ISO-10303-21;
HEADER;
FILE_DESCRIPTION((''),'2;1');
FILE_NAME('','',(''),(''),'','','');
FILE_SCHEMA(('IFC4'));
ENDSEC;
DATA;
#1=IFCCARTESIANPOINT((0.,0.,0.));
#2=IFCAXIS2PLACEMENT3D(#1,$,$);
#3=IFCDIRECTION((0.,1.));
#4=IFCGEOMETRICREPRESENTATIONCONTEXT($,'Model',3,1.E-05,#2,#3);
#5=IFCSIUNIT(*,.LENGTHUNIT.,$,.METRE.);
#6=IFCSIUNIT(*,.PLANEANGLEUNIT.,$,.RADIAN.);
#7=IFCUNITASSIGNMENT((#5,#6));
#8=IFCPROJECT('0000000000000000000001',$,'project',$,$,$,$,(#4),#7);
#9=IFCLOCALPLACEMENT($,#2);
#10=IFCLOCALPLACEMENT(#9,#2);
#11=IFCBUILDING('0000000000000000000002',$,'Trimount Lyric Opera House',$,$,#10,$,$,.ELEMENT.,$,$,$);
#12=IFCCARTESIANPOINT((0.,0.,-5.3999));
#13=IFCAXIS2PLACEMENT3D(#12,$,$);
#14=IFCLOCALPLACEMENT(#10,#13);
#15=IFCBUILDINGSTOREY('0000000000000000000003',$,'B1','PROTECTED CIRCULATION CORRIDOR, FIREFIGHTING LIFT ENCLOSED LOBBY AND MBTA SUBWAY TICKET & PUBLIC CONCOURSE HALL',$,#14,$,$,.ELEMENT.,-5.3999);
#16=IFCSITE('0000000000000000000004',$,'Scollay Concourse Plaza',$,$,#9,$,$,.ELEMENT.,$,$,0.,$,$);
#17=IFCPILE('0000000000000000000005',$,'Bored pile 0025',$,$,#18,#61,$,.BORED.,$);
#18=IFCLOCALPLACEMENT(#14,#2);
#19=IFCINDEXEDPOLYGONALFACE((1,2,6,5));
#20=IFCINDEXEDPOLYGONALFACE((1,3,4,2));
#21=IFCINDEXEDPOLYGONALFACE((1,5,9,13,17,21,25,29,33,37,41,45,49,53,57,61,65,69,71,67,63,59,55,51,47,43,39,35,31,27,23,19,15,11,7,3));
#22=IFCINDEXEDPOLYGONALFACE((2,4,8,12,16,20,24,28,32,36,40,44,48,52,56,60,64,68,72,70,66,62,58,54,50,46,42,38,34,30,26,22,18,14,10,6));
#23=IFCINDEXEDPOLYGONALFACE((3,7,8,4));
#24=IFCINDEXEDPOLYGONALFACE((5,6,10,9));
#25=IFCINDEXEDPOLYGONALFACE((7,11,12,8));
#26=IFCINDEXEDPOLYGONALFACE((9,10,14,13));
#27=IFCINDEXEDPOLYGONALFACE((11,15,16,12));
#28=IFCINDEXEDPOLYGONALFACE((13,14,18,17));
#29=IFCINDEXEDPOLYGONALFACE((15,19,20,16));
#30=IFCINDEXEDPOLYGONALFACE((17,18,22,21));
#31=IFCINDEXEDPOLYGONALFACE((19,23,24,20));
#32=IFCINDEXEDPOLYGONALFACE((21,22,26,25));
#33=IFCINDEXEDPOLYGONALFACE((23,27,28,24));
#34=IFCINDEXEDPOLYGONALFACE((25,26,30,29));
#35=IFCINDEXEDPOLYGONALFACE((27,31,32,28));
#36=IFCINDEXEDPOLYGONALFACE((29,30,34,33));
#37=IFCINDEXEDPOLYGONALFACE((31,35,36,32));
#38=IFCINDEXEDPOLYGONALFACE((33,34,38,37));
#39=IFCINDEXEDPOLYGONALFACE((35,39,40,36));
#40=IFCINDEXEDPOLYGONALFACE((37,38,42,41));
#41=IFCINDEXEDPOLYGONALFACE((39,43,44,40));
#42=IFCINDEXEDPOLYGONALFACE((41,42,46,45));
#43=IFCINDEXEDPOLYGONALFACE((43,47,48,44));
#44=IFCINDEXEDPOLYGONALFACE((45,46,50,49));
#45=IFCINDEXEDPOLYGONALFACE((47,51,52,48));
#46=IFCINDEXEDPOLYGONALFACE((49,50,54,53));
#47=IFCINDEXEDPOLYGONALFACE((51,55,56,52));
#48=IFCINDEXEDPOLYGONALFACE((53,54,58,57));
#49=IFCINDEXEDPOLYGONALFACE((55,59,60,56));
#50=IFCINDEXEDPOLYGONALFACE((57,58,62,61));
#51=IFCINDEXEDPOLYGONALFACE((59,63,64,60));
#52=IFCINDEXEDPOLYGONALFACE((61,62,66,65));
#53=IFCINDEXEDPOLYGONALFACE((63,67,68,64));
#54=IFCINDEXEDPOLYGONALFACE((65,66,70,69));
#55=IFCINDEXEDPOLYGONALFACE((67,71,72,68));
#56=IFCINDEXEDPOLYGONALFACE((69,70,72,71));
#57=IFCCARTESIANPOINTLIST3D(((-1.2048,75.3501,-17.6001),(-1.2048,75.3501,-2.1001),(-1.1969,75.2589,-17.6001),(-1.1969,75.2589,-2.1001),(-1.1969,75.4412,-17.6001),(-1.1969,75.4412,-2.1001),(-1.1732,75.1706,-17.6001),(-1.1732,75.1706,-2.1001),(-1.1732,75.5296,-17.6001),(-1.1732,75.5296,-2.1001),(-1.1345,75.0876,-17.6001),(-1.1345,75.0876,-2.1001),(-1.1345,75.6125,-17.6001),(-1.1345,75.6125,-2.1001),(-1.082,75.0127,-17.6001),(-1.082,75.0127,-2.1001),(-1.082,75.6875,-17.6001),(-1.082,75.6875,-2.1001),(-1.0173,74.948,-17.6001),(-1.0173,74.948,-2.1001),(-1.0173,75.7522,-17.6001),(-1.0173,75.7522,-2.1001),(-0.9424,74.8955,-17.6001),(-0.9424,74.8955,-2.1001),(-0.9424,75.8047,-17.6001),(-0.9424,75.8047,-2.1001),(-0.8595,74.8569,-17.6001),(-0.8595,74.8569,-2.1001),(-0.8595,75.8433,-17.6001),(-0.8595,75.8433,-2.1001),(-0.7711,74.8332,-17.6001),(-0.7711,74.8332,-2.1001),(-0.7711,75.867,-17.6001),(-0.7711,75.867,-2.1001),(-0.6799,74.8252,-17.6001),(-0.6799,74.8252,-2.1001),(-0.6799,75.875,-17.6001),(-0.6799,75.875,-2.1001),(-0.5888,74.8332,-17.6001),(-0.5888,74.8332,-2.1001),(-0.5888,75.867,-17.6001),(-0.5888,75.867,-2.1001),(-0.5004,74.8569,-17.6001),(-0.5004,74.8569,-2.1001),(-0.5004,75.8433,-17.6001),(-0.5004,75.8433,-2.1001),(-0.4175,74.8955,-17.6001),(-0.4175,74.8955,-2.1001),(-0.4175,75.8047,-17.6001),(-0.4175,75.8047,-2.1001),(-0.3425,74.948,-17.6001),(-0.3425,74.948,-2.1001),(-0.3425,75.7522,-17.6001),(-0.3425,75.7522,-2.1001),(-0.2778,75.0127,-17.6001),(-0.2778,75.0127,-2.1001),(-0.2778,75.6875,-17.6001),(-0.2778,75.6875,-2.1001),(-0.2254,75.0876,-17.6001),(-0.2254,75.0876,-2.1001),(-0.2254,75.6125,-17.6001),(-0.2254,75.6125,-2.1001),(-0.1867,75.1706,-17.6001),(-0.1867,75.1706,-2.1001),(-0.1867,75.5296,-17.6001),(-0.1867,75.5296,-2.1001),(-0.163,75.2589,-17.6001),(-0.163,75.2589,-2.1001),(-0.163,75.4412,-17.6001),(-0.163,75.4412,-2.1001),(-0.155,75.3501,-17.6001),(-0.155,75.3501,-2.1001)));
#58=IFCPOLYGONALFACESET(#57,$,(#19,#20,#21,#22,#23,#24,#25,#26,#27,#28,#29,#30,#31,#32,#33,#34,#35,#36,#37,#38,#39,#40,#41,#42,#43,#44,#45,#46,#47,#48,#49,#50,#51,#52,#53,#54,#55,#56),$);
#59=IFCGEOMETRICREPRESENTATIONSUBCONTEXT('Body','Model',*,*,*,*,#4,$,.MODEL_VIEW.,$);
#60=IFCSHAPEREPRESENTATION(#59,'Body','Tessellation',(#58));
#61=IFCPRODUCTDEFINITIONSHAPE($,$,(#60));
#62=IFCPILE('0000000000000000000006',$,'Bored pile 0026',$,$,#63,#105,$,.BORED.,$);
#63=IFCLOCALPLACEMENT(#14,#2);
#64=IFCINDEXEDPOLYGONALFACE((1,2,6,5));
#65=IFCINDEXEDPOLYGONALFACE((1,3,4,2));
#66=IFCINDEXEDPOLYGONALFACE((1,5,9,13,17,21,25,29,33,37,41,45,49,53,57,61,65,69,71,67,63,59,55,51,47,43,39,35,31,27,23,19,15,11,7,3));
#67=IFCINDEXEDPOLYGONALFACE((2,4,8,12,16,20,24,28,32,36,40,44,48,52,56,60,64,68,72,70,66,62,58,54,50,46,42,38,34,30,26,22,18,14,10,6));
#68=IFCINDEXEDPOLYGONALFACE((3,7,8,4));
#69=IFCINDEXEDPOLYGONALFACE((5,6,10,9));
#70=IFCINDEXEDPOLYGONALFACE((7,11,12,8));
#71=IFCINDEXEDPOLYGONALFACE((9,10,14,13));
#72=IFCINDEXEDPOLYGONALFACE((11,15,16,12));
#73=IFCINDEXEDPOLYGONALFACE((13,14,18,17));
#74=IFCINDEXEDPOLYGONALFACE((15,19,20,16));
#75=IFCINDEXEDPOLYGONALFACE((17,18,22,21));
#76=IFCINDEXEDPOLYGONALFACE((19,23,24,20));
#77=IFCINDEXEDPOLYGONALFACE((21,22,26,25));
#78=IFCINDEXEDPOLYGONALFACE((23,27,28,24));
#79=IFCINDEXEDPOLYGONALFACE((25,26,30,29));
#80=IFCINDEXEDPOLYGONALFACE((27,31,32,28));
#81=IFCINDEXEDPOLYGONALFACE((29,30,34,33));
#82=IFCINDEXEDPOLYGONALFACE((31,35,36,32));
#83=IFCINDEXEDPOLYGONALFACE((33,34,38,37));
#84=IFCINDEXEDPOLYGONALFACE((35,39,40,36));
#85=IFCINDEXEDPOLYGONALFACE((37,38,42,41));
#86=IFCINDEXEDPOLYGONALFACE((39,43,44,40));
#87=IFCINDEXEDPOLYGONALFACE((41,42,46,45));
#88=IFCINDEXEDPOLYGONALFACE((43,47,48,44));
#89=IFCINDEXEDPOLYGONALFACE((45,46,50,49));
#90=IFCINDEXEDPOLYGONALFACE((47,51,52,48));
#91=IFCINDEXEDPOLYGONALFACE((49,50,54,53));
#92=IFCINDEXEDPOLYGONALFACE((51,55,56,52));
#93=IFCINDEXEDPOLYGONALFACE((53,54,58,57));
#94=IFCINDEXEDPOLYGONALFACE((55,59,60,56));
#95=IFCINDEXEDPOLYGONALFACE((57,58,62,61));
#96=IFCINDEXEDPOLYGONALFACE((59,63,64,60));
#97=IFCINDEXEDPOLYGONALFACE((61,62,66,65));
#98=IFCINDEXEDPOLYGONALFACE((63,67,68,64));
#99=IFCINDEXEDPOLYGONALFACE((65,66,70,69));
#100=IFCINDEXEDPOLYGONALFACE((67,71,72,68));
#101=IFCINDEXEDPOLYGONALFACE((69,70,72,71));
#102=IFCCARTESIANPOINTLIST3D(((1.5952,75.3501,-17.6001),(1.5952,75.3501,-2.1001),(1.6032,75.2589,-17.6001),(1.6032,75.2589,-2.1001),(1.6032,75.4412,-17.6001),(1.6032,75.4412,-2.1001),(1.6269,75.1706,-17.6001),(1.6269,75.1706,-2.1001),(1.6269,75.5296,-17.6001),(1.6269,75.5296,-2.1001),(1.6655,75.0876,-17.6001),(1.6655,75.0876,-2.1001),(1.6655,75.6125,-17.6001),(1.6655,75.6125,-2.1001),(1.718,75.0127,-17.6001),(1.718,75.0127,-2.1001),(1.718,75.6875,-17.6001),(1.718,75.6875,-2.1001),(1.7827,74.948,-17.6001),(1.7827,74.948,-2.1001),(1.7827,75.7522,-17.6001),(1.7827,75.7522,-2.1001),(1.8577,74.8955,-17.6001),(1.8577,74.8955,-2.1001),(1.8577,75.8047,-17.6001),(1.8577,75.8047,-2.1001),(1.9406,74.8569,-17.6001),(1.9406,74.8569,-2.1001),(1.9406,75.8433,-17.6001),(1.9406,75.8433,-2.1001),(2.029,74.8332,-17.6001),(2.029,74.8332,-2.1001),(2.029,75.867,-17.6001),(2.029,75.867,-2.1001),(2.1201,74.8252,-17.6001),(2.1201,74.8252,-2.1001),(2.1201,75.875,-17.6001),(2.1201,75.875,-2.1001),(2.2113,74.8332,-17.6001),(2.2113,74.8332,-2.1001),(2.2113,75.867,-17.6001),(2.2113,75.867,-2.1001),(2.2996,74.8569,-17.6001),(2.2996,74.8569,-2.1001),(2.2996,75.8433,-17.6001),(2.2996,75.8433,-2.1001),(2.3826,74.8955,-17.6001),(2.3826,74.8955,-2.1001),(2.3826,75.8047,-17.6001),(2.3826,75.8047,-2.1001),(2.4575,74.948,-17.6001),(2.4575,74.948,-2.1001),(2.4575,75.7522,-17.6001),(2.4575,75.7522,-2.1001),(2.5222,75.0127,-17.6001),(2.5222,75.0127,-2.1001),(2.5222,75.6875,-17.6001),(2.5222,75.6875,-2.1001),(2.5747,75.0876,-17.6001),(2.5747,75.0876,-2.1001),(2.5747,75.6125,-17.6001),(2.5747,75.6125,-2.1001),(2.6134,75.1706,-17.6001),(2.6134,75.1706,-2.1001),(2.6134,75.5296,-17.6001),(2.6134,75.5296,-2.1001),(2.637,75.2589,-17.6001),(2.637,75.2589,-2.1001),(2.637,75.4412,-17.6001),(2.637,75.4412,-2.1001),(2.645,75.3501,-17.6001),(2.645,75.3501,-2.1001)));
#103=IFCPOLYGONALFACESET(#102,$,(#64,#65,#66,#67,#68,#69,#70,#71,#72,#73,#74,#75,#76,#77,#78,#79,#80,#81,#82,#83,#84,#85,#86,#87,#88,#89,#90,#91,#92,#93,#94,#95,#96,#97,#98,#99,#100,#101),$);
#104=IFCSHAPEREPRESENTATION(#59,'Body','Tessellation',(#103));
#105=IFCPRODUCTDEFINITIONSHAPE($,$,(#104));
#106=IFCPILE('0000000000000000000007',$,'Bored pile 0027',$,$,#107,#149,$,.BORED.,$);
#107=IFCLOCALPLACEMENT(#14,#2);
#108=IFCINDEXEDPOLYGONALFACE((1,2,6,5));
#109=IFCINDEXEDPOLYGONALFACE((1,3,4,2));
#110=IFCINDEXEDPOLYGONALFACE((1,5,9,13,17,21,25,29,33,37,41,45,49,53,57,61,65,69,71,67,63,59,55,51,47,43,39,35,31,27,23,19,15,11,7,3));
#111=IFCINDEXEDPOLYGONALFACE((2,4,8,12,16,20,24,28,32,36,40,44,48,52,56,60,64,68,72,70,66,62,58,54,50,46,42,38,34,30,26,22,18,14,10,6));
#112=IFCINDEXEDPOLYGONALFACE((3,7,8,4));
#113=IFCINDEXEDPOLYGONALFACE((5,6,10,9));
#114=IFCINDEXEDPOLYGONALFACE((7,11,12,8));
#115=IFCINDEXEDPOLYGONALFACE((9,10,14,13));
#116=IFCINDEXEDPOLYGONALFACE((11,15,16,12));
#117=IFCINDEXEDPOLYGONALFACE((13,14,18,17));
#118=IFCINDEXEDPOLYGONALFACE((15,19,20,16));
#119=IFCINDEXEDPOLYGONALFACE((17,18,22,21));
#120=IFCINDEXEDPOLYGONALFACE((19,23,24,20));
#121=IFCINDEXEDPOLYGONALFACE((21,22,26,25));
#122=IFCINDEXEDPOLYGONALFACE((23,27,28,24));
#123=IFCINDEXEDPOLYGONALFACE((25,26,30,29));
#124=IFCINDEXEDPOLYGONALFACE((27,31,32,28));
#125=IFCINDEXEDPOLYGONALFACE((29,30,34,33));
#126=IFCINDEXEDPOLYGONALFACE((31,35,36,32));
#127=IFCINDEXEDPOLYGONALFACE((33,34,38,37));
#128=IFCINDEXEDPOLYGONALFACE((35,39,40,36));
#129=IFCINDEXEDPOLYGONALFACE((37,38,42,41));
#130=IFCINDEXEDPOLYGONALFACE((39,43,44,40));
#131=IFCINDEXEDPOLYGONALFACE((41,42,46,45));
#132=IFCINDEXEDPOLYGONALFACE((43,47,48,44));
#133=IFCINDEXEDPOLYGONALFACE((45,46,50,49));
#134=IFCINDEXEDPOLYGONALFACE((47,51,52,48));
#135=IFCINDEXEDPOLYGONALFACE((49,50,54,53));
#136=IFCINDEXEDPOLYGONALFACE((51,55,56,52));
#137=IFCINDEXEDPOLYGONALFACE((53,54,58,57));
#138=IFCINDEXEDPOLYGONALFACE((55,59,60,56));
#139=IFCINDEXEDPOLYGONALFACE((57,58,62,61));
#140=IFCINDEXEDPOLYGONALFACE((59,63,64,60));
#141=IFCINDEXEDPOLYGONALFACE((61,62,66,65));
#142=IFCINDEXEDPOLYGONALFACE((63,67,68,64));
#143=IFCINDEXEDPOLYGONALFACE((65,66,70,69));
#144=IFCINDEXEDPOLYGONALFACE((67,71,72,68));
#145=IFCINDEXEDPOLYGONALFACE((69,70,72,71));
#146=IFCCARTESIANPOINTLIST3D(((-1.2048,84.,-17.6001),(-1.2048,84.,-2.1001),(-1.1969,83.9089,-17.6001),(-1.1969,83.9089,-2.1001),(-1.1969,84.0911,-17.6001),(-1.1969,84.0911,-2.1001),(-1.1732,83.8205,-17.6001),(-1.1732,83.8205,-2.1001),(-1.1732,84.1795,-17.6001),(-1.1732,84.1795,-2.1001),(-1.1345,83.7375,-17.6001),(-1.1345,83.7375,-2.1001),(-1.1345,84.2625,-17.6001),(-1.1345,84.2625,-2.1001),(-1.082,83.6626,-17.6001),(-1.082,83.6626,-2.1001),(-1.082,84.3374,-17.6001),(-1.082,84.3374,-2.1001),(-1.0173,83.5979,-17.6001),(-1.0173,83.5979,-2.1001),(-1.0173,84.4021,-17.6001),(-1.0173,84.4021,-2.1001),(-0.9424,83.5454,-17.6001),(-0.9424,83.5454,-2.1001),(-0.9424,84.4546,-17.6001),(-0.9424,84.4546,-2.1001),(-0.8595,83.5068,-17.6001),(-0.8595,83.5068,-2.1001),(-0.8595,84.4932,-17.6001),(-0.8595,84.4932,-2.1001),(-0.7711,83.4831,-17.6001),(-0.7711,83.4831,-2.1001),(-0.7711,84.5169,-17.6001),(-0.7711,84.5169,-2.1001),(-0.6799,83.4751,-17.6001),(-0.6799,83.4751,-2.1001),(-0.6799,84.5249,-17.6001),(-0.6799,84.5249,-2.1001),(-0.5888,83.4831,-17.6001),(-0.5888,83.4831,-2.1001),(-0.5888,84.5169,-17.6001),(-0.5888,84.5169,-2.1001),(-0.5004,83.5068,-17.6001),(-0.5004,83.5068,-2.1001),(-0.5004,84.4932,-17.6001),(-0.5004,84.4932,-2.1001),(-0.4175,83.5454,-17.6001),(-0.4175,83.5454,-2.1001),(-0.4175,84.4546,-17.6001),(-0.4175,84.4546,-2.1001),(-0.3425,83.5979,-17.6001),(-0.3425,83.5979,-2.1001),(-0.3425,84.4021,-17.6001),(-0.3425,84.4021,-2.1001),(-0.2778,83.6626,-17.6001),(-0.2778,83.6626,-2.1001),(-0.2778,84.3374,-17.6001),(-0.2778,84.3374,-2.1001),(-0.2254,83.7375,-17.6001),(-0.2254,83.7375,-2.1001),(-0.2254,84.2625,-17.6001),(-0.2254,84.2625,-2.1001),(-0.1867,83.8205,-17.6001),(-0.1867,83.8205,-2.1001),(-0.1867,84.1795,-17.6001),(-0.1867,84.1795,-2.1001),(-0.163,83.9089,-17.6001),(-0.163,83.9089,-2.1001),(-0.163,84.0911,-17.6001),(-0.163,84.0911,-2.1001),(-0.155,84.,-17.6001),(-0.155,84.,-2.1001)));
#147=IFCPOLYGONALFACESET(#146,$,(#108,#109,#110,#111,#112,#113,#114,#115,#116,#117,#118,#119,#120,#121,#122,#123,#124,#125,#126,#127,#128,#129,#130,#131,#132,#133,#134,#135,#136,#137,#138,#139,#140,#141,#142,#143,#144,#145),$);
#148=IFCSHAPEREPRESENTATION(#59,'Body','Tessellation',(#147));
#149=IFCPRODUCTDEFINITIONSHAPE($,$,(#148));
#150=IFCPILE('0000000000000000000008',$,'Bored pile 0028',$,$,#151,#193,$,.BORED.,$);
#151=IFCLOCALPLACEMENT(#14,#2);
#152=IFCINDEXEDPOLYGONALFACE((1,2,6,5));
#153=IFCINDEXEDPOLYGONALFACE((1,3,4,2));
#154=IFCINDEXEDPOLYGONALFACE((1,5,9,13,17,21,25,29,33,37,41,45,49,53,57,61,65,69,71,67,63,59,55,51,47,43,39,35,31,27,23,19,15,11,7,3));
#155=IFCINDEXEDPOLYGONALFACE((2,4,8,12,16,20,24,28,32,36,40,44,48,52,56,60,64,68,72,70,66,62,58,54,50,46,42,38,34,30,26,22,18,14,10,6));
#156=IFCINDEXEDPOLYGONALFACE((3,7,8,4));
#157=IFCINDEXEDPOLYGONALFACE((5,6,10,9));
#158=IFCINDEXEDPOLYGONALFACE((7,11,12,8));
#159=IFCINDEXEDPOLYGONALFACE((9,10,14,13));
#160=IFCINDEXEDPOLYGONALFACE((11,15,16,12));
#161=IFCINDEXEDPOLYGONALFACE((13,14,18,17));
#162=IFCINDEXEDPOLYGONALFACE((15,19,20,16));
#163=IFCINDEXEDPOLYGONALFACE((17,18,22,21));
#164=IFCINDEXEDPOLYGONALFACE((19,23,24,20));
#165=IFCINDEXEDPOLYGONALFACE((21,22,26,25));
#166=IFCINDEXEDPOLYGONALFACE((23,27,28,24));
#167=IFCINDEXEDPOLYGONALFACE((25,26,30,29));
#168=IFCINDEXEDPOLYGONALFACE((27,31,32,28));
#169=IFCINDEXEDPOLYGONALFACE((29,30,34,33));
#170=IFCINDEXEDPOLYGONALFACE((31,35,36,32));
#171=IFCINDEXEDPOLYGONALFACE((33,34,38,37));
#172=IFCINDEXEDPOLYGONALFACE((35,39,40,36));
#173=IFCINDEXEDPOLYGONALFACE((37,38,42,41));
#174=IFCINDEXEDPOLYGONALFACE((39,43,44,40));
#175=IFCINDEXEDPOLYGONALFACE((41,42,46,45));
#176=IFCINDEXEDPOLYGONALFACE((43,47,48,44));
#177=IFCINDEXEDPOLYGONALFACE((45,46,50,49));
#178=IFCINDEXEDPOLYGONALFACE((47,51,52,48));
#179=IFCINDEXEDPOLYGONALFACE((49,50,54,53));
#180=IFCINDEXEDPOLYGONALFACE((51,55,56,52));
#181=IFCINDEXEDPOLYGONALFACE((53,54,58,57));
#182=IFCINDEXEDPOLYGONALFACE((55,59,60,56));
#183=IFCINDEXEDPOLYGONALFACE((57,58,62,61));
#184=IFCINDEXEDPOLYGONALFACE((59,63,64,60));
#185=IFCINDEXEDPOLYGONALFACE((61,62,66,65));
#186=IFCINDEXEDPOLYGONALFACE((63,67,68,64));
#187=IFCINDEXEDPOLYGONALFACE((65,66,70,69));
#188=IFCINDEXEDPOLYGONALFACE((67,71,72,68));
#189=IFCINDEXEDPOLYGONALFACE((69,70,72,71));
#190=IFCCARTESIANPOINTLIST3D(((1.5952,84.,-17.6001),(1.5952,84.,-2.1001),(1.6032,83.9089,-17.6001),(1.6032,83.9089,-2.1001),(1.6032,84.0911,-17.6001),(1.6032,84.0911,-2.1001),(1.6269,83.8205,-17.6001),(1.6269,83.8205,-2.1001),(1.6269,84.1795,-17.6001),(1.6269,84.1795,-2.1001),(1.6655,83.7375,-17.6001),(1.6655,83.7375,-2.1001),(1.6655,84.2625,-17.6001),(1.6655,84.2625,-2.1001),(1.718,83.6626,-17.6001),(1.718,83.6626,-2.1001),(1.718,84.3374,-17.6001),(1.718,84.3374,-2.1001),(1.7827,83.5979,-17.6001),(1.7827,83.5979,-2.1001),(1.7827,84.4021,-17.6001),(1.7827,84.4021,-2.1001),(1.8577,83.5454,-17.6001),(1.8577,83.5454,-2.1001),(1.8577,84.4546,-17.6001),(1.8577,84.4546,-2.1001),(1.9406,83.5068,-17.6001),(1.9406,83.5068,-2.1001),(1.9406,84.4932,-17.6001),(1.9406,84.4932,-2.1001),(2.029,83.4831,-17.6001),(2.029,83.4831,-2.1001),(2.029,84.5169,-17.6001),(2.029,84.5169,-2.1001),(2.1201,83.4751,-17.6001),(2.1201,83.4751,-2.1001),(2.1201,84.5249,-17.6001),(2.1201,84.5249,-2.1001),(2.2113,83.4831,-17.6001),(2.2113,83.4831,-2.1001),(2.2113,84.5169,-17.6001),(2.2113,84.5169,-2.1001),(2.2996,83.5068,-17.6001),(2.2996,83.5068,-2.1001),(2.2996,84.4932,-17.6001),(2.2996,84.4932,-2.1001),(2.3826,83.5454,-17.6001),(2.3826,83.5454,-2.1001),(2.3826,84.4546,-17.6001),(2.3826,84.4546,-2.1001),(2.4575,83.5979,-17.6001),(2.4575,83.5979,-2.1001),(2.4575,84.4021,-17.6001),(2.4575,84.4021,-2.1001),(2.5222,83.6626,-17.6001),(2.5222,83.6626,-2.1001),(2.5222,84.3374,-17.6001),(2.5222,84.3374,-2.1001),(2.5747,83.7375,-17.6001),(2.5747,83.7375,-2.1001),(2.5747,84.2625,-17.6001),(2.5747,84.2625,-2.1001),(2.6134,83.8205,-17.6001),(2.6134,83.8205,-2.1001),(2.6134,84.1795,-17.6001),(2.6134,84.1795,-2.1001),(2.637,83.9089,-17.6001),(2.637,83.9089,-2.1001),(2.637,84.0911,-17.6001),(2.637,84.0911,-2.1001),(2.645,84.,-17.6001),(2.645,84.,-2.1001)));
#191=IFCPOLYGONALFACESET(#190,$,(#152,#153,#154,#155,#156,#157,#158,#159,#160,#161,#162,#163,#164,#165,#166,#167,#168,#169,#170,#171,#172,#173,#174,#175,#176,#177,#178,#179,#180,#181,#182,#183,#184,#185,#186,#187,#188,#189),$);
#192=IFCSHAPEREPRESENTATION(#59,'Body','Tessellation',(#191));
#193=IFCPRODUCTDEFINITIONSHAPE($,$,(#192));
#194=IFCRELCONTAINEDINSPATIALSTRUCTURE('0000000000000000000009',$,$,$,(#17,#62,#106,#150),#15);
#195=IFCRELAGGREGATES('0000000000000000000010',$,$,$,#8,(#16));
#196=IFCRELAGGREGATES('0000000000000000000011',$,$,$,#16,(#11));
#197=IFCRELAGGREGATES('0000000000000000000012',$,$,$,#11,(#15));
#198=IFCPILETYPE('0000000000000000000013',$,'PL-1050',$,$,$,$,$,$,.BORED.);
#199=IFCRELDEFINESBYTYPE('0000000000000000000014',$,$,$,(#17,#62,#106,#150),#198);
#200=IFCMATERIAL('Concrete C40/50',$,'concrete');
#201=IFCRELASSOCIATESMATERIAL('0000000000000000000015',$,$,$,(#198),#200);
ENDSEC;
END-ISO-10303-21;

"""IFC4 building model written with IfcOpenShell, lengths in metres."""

from ifc_helpers import new_model, si_unit, direction, frame, origin, origin_2d, place, context, subcontext, project, spatial, circle, extrude, material, material_profile, profile_set, type_object, element, save


model = new_model("IFC4")

# Units and contexts
model_context = context("Model", 3, precision=1e-05, world=origin(), true_north=direction((0.0, 1.0)))
body_context = subcontext(model_context, "Body", "Model", "MODEL_VIEW")
ifc_project = project(units=[si_unit("LENGTHUNIT", "METRE"), si_unit("PLANEANGLEUNIT", "RADIAN")], contexts=[model_context])

# Site, building, storey
site_placement = place(None, origin())
site = spatial("IfcSite", under=ifc_project, at=site_placement, Name="Scollay Concourse Plaza", CompositionType="ELEMENT", RefElevation=0.0)
building_placement = place(site_placement, origin())
building = spatial("IfcBuilding", under=site, at=building_placement, Name="Trimount Lyric Opera House", CompositionType="ELEMENT")
storey_placement = place(building_placement, frame((0.0, 0.0, -5.3999)))
storey = spatial("IfcBuildingStorey", under=building, at=storey_placement, Name="B1", Description="PROTECTED CIRCULATION CORRIDOR, FIREFIGHTING LIFT ENCLOSED LOBBY AND MBTA SUBWAY TICKET & PUBLIC CONCOURSE HALL", CompositionType="ELEMENT", Elevation=-5.3999)

# Piles
ifc_material_1 = material(Name="Concrete C40/50", Category="concrete")
ifc_material_profile_1 = material_profile(ifc_material_1, circle(Radius=0.5249, at=origin_2d()), Name="PILE-D1050")
ifc_profile_set_1 = profile_set([ifc_material_profile_1], Name="Concrete C40/50")
pile_type_1 = type_object("IfcPileType", Name="PL-1050", PredefinedType="BORED", material=ifc_profile_set_1)
for number, where, z_axis, x_axis, name in (
    (1, (-0.6799, 75.3501, -2.1001), (0.0, 0.0, -1.0), (1.0, 0.0, 0.0), "Bored pile 0025"),
    (2, (2.1201, 75.3501, -2.1001), (0.0, 0.0, -1.0), (1.0, 0.0, 0.0), "Bored pile 0026"),
    (3, (-0.6799, 84.0, -2.1001), (0.0, 0.0, -1.0), (1.0, 0.0, 0.0), "Bored pile 0027"),
    (4, (2.1201, 84.0, -2.1001), (0.0, 0.0, -1.0), (1.0, 0.0, 0.0), "Bored pile 0028"),
):
    element("IfcPile", number, at=place(storey_placement, frame(where, z_axis=z_axis, x_axis=x_axis)), inside=storey, type_object=pile_type_1, Name=name, PredefinedType="BORED", context=body_context, shape_type="SweptSolid", body=[
        extrude(circle(Radius=0.5249, at=origin_2d()), origin(), (0.0, 0.0, 1.0), 15.5),
    ])

save(model, "model.ifc")
